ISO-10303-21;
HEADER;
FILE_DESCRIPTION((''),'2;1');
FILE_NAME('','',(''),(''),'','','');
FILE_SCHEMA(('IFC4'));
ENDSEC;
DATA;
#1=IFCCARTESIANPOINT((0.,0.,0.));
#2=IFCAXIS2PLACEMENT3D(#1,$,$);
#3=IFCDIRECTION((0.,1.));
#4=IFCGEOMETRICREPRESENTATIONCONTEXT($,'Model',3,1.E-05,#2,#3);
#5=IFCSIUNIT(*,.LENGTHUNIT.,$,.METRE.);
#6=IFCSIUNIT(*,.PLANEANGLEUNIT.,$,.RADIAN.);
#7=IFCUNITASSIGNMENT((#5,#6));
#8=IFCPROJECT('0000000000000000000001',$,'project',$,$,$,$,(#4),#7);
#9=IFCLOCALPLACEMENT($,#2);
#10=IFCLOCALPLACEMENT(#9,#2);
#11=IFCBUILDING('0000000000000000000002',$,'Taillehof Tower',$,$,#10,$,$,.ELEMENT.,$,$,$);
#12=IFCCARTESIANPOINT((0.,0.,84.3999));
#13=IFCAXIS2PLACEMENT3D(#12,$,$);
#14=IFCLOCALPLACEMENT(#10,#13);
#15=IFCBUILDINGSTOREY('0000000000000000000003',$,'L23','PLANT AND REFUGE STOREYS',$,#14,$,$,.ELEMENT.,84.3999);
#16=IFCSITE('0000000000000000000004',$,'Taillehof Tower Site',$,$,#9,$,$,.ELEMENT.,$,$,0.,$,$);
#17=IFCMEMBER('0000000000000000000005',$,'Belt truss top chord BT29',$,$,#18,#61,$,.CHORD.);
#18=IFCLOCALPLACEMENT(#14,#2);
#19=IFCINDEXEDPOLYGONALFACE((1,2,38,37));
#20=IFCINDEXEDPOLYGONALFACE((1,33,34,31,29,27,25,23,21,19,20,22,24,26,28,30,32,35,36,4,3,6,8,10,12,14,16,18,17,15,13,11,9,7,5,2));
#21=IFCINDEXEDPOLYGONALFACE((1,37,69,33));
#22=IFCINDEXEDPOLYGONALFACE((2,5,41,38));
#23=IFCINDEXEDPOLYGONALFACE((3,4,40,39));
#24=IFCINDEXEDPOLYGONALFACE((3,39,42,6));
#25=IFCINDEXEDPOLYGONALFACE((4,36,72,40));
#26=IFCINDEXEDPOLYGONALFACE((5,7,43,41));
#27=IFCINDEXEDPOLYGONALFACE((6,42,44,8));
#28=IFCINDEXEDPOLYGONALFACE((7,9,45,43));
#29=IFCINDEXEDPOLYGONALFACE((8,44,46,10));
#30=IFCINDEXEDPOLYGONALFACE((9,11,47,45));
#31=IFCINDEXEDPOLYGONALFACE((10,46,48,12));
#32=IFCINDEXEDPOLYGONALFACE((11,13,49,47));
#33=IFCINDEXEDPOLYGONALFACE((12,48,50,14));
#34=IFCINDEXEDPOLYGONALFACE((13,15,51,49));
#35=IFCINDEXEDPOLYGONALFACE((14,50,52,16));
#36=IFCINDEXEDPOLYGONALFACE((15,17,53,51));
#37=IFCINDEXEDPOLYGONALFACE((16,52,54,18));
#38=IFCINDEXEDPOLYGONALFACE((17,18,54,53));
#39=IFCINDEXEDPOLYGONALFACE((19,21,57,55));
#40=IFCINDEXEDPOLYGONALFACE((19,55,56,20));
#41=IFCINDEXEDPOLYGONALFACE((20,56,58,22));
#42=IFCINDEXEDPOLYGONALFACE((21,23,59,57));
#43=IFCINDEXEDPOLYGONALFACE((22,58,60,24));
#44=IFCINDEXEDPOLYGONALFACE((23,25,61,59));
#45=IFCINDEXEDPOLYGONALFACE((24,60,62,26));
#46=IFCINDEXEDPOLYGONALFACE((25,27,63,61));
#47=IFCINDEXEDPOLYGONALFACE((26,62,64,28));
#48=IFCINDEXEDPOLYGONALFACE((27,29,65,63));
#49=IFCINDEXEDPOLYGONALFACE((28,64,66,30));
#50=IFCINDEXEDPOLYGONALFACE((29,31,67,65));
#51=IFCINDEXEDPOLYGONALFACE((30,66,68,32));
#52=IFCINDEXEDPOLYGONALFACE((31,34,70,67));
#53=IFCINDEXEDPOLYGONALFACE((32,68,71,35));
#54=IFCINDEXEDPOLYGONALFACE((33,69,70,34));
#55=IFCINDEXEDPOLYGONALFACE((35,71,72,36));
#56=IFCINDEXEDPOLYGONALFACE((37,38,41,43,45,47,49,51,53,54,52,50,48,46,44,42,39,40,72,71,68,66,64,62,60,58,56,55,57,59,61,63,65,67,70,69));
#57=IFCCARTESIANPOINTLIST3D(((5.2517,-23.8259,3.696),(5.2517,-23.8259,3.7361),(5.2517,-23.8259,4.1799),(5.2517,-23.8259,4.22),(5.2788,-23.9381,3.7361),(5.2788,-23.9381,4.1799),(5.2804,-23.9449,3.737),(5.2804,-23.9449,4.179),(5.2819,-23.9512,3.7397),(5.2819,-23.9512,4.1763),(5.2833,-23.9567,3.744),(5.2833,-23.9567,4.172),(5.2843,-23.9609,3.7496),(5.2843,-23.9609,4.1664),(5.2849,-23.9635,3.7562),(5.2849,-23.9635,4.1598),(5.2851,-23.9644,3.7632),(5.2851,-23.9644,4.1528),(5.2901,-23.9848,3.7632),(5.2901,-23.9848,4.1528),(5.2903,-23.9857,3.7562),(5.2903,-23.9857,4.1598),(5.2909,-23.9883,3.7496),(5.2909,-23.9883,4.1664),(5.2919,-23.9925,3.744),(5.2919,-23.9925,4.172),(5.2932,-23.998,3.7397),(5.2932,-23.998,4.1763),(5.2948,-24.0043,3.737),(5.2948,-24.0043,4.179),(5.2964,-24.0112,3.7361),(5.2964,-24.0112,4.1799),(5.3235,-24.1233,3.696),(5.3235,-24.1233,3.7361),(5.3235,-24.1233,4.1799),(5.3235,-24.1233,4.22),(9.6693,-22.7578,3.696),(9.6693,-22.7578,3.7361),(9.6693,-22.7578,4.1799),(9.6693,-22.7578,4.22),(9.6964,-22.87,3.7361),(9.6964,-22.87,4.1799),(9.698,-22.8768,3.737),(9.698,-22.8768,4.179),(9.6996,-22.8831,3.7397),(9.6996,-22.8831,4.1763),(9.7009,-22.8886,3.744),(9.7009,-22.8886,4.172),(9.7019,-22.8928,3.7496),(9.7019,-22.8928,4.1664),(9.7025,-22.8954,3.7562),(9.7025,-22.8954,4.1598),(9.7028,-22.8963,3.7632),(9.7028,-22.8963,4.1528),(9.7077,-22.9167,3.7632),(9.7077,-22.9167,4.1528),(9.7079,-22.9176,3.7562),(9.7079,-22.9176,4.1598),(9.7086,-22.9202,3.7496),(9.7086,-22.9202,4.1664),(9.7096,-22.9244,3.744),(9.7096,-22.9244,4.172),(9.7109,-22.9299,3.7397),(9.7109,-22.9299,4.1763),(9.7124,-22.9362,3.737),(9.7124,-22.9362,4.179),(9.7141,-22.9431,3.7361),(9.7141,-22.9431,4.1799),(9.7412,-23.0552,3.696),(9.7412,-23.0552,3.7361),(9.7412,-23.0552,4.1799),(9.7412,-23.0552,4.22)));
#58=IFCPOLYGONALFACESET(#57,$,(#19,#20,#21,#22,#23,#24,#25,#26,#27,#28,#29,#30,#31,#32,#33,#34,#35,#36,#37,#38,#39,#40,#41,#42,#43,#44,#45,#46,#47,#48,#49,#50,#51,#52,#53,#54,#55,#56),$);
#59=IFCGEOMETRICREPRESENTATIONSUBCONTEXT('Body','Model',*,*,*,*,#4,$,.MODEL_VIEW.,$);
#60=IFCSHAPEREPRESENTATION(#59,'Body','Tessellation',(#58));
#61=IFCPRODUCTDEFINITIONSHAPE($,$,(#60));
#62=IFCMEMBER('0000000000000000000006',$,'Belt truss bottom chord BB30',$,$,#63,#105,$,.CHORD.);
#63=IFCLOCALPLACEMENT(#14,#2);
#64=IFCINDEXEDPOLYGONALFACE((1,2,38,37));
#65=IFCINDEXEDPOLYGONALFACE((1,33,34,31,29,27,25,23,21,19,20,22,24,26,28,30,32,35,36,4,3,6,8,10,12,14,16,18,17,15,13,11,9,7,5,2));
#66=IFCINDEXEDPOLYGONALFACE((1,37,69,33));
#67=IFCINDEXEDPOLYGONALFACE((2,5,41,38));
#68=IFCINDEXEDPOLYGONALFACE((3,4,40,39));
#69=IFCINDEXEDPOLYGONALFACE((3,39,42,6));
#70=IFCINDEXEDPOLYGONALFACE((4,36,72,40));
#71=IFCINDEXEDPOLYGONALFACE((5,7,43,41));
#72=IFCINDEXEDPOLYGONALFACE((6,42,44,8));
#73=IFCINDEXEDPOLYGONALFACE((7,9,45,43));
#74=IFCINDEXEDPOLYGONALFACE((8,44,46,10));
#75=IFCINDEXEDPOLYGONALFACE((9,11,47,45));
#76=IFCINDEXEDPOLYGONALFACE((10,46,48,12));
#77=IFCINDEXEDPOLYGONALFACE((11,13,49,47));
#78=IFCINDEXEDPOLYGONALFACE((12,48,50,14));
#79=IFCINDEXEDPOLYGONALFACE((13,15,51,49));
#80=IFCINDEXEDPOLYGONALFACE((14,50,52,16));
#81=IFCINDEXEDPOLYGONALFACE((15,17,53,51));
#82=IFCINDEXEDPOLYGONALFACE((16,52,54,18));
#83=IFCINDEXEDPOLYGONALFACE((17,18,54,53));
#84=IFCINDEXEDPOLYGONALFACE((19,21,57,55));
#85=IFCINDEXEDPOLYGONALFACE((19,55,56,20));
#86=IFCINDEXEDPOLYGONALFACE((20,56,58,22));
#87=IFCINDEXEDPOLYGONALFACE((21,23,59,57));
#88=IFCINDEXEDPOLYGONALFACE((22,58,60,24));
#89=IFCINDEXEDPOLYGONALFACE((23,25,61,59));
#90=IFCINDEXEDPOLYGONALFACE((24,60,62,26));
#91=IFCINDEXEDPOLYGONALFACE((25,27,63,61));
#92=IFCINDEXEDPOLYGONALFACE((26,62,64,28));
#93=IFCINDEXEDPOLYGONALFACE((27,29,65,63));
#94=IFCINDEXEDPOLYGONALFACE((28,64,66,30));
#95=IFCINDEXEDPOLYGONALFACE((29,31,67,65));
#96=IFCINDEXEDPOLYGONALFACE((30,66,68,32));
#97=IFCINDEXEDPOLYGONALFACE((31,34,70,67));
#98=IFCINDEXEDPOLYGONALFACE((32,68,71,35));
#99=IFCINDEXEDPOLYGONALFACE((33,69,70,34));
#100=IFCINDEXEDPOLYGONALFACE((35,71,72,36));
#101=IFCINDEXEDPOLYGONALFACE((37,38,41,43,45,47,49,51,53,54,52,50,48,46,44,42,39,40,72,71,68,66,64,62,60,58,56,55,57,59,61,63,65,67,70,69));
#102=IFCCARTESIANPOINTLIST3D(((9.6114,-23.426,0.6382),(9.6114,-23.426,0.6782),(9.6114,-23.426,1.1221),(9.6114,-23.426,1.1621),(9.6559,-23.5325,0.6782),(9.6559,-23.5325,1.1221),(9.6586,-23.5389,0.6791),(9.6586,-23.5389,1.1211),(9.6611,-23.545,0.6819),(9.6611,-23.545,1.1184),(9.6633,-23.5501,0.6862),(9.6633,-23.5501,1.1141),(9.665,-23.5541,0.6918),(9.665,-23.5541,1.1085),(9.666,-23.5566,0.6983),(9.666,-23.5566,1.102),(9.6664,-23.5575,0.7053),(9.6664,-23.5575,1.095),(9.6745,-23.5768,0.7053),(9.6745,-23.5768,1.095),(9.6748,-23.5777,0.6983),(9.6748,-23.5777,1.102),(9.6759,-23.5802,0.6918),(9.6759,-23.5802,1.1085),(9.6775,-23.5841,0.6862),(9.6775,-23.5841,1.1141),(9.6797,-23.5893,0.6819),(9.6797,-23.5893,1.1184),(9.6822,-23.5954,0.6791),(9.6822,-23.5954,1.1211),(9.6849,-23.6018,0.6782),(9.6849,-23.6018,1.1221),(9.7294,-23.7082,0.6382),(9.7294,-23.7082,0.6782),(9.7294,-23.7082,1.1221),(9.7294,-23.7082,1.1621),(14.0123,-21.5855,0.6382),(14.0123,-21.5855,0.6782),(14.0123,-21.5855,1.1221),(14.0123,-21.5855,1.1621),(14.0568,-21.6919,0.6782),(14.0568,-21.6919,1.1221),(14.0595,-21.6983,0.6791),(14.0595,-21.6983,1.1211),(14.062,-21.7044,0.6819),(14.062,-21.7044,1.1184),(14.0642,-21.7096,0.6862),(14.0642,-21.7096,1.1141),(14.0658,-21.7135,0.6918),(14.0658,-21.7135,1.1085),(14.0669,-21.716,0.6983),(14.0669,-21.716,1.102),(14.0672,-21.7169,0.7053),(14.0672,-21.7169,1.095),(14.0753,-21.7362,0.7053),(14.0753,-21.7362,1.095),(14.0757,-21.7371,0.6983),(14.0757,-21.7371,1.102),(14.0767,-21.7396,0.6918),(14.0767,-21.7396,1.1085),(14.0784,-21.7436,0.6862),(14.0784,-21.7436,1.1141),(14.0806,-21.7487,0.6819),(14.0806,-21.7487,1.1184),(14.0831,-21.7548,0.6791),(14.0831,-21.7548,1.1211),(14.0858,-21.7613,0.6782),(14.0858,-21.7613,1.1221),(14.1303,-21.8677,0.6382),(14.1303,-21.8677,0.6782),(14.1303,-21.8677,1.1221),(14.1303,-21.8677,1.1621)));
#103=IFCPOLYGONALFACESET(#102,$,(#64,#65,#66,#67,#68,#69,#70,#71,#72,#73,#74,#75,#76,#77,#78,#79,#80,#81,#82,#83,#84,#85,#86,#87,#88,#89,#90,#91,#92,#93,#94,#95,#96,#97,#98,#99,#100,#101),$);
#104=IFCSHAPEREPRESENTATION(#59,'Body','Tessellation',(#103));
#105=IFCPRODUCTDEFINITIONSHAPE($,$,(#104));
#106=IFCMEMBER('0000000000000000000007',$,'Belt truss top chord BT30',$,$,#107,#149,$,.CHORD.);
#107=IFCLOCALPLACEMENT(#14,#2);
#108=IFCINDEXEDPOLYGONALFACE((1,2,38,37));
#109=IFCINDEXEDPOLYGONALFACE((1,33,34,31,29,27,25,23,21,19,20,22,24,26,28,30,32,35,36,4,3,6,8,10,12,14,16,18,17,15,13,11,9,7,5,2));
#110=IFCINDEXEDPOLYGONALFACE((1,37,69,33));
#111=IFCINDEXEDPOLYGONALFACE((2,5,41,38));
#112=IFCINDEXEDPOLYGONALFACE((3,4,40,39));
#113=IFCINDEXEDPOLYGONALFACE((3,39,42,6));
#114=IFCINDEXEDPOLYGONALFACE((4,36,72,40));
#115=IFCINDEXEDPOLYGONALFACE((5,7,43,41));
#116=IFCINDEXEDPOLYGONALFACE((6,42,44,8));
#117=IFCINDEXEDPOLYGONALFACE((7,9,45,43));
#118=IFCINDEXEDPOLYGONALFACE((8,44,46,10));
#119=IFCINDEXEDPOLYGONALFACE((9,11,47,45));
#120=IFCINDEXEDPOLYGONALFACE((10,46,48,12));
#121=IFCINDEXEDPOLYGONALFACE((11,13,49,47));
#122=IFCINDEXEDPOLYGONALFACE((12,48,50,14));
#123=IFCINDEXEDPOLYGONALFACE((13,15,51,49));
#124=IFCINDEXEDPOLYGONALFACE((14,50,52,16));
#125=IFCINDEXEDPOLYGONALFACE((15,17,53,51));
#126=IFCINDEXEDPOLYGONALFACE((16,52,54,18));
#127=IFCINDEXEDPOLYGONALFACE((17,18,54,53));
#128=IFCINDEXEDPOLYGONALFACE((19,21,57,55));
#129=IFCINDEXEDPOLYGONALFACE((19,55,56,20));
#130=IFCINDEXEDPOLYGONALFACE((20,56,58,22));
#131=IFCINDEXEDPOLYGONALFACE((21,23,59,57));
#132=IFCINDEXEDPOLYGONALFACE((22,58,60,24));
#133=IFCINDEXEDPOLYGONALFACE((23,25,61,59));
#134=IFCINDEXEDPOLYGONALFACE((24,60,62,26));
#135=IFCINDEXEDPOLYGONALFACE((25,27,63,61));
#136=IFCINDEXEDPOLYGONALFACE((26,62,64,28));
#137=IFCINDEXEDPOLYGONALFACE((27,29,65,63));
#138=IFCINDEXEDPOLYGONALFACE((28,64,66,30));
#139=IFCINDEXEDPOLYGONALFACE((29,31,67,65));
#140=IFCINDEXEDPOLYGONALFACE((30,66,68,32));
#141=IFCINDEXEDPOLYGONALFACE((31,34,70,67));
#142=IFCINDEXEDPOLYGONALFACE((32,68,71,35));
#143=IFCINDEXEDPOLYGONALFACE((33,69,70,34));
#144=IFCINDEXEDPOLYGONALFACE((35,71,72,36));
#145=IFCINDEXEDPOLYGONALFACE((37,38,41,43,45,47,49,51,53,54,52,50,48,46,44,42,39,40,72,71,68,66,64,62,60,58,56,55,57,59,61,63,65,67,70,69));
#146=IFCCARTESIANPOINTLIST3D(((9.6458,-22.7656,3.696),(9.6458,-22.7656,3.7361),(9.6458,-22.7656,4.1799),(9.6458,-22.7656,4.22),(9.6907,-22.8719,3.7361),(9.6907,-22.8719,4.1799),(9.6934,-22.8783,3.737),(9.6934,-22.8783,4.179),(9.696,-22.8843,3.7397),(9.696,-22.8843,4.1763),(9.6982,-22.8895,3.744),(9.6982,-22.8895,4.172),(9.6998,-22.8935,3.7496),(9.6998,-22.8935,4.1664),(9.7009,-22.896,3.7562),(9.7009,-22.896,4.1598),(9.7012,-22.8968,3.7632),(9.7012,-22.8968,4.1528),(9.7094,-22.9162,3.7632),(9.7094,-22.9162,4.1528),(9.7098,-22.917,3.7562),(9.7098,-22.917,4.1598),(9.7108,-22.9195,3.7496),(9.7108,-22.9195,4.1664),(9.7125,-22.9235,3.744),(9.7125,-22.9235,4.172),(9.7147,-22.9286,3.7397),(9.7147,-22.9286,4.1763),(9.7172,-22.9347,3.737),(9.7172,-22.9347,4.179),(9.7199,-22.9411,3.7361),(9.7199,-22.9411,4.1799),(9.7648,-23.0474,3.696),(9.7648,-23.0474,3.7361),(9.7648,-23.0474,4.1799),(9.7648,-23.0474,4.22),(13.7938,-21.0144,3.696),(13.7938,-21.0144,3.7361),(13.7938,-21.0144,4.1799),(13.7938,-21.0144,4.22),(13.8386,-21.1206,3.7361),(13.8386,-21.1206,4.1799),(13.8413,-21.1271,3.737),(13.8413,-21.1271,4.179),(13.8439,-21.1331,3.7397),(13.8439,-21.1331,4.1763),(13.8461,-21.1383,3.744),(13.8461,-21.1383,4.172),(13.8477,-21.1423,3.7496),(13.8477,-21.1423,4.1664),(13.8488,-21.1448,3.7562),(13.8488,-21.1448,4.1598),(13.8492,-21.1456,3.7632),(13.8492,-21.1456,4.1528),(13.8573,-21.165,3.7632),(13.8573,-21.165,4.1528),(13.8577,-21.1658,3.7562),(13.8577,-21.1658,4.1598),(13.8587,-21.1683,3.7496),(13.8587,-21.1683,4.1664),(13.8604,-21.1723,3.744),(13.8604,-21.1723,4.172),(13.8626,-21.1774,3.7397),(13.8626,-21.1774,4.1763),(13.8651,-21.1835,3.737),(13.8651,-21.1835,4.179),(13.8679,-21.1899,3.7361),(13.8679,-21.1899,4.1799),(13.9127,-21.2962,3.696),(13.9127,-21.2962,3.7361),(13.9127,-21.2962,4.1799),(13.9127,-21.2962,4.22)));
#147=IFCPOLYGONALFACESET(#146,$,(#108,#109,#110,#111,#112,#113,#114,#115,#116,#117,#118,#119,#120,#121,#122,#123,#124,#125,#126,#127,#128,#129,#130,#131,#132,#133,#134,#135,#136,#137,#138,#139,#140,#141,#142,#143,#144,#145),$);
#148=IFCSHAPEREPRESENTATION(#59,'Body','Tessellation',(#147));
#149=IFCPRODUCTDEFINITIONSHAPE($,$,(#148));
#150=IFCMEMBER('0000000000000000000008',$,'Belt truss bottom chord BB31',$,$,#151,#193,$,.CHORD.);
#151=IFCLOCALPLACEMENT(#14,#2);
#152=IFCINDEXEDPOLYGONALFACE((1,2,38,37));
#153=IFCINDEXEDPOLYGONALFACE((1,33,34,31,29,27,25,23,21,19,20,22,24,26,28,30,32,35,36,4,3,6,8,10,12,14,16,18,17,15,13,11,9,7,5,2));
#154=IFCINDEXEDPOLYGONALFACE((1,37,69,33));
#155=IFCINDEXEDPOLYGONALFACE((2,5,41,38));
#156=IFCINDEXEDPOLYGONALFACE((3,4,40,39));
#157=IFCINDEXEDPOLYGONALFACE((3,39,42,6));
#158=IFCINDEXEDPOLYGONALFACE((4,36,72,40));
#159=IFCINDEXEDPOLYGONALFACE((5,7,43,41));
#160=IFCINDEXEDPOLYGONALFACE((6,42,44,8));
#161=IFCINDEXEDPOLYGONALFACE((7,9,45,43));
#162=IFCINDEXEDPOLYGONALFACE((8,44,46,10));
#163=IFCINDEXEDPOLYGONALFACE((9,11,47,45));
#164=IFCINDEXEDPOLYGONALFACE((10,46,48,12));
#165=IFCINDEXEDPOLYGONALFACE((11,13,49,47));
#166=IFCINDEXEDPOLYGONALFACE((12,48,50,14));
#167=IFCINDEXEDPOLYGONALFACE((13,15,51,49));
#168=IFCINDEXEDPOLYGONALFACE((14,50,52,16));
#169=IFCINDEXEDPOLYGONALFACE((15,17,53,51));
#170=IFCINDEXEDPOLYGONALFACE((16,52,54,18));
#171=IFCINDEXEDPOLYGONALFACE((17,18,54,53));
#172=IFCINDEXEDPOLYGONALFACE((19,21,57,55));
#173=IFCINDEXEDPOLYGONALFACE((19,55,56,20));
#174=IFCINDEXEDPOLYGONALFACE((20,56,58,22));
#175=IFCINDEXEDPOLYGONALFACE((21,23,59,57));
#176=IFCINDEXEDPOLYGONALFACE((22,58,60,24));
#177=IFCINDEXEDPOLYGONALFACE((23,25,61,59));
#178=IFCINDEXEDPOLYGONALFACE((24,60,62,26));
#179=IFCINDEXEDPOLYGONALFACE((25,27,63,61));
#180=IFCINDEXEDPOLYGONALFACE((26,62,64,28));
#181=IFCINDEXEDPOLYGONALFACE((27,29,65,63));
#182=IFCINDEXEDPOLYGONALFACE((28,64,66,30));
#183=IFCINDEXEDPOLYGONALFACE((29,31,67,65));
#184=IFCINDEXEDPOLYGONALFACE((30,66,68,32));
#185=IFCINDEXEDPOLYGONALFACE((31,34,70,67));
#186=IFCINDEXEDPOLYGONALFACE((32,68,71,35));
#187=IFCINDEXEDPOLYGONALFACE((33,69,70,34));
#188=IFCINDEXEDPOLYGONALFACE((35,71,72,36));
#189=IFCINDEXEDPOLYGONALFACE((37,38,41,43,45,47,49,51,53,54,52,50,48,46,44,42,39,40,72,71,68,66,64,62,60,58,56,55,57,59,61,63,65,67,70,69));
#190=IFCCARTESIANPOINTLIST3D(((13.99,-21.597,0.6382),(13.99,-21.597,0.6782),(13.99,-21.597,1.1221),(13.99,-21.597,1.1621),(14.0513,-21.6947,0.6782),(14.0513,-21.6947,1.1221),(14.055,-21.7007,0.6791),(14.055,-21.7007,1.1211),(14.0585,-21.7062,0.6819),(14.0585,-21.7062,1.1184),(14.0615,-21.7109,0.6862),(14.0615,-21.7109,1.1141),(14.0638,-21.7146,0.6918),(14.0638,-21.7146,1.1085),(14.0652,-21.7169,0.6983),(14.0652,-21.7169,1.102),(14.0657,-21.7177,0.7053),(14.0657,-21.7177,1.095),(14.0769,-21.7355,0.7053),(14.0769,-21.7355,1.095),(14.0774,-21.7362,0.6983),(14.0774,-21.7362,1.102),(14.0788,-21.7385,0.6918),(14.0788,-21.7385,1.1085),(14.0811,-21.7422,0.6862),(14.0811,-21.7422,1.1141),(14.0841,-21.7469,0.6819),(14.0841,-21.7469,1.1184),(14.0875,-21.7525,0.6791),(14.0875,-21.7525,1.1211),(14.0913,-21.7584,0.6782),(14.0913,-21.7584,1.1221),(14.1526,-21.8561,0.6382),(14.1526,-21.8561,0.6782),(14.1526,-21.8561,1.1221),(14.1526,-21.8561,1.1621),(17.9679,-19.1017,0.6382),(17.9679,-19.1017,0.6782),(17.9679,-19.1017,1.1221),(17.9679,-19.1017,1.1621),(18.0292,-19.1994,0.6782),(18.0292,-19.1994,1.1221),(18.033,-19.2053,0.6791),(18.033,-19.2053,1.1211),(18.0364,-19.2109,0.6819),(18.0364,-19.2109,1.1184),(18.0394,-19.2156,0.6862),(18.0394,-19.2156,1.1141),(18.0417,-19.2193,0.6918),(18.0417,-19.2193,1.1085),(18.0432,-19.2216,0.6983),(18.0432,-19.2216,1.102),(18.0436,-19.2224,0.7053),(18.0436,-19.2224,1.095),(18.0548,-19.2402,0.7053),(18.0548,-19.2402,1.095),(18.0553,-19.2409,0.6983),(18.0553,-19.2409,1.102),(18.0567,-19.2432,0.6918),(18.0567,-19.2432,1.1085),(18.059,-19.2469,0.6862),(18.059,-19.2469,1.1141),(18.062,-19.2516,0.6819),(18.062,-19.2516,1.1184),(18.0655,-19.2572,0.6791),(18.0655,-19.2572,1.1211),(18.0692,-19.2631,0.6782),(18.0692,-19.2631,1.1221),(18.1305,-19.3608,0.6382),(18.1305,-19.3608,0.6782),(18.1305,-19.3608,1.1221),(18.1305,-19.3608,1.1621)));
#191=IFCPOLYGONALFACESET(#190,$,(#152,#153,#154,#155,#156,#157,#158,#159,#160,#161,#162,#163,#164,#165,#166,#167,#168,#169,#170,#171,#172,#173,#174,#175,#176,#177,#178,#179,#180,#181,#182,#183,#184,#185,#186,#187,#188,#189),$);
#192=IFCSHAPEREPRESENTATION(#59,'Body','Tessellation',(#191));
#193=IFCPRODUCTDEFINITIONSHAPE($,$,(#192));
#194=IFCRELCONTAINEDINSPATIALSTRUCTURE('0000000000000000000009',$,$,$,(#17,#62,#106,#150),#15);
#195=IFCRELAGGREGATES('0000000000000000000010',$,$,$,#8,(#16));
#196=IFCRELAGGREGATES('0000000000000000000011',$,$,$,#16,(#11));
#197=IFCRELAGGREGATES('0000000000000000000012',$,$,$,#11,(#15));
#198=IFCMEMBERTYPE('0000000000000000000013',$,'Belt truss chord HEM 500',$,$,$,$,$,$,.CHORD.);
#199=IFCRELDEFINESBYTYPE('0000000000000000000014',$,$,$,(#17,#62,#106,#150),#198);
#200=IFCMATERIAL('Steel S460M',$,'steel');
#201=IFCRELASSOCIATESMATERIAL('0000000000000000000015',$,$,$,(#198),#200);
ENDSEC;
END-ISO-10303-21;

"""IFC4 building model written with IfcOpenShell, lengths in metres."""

from ifc_helpers import new_model, si_unit, direction, frame, origin, origin_2d, place, context, subcontext, project, spatial, i_section, extrude, material, material_profile, profile_set, type_object, element, save


model = new_model("IFC4")

# Units and contexts
model_context = context("Model", 3, precision=1e-05, world=origin(), true_north=direction((0.0, 1.0)))
body_context = subcontext(model_context, "Body", "Model", "MODEL_VIEW")
ifc_project = project(units=[si_unit("LENGTHUNIT", "METRE"), si_unit("PLANEANGLEUNIT", "RADIAN")], contexts=[model_context])

# Site, building, storey
site_placement = place(None, origin())
site = spatial("IfcSite", under=ifc_project, at=site_placement, Name="Taillehof Tower Site", CompositionType="ELEMENT", RefElevation=0.0)
building_placement = place(site_placement, origin())
building = spatial("IfcBuilding", under=site, at=building_placement, Name="Taillehof Tower", CompositionType="ELEMENT")
storey_placement = place(building_placement, frame((0.0, 0.0, 84.3999)))
storey = spatial("IfcBuildingStorey", under=building, at=storey_placement, Name="L23", Description="PLANT AND REFUGE STOREYS", CompositionType="ELEMENT", Elevation=84.3999)

# Members
ifc_material_1 = material(Name="Steel S460M", Category="steel")
ifc_material_profile_1 = material_profile(ifc_material_1, i_section(OverallWidth=0.3059, OverallDepth=0.5239, WebThickness=0.021, FlangeThickness=0.04, FilletRadius=0.0271, at=origin_2d()), Name="HEM 500")
ifc_profile_set_1 = profile_set([ifc_material_profile_1], Name="Steel S460M")
member_type_1 = type_object("IfcMemberType", Name="Belt truss chord HEM 500", PredefinedType="CHORD", material=ifc_profile_set_1)
member_1_placement = place(storey_placement, frame((5.2876, -23.9746, 3.958), z_axis=(0.971993, 0.235008, 0.0), x_axis=(-0.235008, 0.971993, 0.0)))
element("IfcMember", 1, at=member_1_placement, inside=storey, type_object=member_type_1, Name="Belt truss top chord BT29", PredefinedType="CHORD", context=body_context, shape_type="SweptSolid", body=[
    extrude(i_section(OverallWidth=0.3059, OverallDepth=0.5239, WebThickness=0.021, FlangeThickness=0.04, FilletRadius=0.0271, at=origin_2d()), origin(), (0.0, 0.0, 1.0), 4.5449),
])
member_2_placement = place(storey_placement, frame((9.6704, -23.5671, 0.9001), z_axis=(0.922564, 0.385843, 0.0), x_axis=(-0.385843, 0.922564, 0.0)))
element("IfcMember", 2, at=member_2_placement, inside=storey, type_object=member_type_1, Name="Belt truss bottom chord BB30", PredefinedType="CHORD", context=body_context, shape_type="SweptSolid", body=[
    extrude(i_section(OverallWidth=0.3059, OverallDepth=0.5239, WebThickness=0.021, FlangeThickness=0.04, FilletRadius=0.0271, at=origin_2d()), origin(), (0.0, 0.0, 1.0), 4.7703),
])
member_3_placement = place(storey_placement, frame((9.7053, -22.9065, 3.958), z_axis=(0.92126, 0.388946, 0.0), x_axis=(-0.388946, 0.92126, 0.0)))
element("IfcMember", 3, at=member_3_placement, inside=storey, type_object=member_type_1, Name="Belt truss top chord BT30", PredefinedType="CHORD", context=body_context, shape_type="SweptSolid", body=[
    extrude(i_section(OverallWidth=0.3059, OverallDepth=0.5239, WebThickness=0.021, FlangeThickness=0.04, FilletRadius=0.0271, at=origin_2d()), origin(), (0.0, 0.0, 1.0), 4.5024),
])
member_4_placement = place(storey_placement, frame((14.0713, -21.7266, 0.9001), z_axis=(0.847127, 0.531391, 0.0), x_axis=(-0.531391, 0.847127, 0.0)))
element("IfcMember", 4, at=member_4_placement, inside=storey, type_object=member_type_1, Name="Belt truss bottom chord BB31", PredefinedType="CHORD", context=body_context, shape_type="SweptSolid", body=[
    extrude(i_section(OverallWidth=0.3059, OverallDepth=0.5239, WebThickness=0.021, FlangeThickness=0.04, FilletRadius=0.0271, at=origin_2d()), origin(), (0.0, 0.0, 1.0), 4.6958),
])

save(model, "model.ifc")
